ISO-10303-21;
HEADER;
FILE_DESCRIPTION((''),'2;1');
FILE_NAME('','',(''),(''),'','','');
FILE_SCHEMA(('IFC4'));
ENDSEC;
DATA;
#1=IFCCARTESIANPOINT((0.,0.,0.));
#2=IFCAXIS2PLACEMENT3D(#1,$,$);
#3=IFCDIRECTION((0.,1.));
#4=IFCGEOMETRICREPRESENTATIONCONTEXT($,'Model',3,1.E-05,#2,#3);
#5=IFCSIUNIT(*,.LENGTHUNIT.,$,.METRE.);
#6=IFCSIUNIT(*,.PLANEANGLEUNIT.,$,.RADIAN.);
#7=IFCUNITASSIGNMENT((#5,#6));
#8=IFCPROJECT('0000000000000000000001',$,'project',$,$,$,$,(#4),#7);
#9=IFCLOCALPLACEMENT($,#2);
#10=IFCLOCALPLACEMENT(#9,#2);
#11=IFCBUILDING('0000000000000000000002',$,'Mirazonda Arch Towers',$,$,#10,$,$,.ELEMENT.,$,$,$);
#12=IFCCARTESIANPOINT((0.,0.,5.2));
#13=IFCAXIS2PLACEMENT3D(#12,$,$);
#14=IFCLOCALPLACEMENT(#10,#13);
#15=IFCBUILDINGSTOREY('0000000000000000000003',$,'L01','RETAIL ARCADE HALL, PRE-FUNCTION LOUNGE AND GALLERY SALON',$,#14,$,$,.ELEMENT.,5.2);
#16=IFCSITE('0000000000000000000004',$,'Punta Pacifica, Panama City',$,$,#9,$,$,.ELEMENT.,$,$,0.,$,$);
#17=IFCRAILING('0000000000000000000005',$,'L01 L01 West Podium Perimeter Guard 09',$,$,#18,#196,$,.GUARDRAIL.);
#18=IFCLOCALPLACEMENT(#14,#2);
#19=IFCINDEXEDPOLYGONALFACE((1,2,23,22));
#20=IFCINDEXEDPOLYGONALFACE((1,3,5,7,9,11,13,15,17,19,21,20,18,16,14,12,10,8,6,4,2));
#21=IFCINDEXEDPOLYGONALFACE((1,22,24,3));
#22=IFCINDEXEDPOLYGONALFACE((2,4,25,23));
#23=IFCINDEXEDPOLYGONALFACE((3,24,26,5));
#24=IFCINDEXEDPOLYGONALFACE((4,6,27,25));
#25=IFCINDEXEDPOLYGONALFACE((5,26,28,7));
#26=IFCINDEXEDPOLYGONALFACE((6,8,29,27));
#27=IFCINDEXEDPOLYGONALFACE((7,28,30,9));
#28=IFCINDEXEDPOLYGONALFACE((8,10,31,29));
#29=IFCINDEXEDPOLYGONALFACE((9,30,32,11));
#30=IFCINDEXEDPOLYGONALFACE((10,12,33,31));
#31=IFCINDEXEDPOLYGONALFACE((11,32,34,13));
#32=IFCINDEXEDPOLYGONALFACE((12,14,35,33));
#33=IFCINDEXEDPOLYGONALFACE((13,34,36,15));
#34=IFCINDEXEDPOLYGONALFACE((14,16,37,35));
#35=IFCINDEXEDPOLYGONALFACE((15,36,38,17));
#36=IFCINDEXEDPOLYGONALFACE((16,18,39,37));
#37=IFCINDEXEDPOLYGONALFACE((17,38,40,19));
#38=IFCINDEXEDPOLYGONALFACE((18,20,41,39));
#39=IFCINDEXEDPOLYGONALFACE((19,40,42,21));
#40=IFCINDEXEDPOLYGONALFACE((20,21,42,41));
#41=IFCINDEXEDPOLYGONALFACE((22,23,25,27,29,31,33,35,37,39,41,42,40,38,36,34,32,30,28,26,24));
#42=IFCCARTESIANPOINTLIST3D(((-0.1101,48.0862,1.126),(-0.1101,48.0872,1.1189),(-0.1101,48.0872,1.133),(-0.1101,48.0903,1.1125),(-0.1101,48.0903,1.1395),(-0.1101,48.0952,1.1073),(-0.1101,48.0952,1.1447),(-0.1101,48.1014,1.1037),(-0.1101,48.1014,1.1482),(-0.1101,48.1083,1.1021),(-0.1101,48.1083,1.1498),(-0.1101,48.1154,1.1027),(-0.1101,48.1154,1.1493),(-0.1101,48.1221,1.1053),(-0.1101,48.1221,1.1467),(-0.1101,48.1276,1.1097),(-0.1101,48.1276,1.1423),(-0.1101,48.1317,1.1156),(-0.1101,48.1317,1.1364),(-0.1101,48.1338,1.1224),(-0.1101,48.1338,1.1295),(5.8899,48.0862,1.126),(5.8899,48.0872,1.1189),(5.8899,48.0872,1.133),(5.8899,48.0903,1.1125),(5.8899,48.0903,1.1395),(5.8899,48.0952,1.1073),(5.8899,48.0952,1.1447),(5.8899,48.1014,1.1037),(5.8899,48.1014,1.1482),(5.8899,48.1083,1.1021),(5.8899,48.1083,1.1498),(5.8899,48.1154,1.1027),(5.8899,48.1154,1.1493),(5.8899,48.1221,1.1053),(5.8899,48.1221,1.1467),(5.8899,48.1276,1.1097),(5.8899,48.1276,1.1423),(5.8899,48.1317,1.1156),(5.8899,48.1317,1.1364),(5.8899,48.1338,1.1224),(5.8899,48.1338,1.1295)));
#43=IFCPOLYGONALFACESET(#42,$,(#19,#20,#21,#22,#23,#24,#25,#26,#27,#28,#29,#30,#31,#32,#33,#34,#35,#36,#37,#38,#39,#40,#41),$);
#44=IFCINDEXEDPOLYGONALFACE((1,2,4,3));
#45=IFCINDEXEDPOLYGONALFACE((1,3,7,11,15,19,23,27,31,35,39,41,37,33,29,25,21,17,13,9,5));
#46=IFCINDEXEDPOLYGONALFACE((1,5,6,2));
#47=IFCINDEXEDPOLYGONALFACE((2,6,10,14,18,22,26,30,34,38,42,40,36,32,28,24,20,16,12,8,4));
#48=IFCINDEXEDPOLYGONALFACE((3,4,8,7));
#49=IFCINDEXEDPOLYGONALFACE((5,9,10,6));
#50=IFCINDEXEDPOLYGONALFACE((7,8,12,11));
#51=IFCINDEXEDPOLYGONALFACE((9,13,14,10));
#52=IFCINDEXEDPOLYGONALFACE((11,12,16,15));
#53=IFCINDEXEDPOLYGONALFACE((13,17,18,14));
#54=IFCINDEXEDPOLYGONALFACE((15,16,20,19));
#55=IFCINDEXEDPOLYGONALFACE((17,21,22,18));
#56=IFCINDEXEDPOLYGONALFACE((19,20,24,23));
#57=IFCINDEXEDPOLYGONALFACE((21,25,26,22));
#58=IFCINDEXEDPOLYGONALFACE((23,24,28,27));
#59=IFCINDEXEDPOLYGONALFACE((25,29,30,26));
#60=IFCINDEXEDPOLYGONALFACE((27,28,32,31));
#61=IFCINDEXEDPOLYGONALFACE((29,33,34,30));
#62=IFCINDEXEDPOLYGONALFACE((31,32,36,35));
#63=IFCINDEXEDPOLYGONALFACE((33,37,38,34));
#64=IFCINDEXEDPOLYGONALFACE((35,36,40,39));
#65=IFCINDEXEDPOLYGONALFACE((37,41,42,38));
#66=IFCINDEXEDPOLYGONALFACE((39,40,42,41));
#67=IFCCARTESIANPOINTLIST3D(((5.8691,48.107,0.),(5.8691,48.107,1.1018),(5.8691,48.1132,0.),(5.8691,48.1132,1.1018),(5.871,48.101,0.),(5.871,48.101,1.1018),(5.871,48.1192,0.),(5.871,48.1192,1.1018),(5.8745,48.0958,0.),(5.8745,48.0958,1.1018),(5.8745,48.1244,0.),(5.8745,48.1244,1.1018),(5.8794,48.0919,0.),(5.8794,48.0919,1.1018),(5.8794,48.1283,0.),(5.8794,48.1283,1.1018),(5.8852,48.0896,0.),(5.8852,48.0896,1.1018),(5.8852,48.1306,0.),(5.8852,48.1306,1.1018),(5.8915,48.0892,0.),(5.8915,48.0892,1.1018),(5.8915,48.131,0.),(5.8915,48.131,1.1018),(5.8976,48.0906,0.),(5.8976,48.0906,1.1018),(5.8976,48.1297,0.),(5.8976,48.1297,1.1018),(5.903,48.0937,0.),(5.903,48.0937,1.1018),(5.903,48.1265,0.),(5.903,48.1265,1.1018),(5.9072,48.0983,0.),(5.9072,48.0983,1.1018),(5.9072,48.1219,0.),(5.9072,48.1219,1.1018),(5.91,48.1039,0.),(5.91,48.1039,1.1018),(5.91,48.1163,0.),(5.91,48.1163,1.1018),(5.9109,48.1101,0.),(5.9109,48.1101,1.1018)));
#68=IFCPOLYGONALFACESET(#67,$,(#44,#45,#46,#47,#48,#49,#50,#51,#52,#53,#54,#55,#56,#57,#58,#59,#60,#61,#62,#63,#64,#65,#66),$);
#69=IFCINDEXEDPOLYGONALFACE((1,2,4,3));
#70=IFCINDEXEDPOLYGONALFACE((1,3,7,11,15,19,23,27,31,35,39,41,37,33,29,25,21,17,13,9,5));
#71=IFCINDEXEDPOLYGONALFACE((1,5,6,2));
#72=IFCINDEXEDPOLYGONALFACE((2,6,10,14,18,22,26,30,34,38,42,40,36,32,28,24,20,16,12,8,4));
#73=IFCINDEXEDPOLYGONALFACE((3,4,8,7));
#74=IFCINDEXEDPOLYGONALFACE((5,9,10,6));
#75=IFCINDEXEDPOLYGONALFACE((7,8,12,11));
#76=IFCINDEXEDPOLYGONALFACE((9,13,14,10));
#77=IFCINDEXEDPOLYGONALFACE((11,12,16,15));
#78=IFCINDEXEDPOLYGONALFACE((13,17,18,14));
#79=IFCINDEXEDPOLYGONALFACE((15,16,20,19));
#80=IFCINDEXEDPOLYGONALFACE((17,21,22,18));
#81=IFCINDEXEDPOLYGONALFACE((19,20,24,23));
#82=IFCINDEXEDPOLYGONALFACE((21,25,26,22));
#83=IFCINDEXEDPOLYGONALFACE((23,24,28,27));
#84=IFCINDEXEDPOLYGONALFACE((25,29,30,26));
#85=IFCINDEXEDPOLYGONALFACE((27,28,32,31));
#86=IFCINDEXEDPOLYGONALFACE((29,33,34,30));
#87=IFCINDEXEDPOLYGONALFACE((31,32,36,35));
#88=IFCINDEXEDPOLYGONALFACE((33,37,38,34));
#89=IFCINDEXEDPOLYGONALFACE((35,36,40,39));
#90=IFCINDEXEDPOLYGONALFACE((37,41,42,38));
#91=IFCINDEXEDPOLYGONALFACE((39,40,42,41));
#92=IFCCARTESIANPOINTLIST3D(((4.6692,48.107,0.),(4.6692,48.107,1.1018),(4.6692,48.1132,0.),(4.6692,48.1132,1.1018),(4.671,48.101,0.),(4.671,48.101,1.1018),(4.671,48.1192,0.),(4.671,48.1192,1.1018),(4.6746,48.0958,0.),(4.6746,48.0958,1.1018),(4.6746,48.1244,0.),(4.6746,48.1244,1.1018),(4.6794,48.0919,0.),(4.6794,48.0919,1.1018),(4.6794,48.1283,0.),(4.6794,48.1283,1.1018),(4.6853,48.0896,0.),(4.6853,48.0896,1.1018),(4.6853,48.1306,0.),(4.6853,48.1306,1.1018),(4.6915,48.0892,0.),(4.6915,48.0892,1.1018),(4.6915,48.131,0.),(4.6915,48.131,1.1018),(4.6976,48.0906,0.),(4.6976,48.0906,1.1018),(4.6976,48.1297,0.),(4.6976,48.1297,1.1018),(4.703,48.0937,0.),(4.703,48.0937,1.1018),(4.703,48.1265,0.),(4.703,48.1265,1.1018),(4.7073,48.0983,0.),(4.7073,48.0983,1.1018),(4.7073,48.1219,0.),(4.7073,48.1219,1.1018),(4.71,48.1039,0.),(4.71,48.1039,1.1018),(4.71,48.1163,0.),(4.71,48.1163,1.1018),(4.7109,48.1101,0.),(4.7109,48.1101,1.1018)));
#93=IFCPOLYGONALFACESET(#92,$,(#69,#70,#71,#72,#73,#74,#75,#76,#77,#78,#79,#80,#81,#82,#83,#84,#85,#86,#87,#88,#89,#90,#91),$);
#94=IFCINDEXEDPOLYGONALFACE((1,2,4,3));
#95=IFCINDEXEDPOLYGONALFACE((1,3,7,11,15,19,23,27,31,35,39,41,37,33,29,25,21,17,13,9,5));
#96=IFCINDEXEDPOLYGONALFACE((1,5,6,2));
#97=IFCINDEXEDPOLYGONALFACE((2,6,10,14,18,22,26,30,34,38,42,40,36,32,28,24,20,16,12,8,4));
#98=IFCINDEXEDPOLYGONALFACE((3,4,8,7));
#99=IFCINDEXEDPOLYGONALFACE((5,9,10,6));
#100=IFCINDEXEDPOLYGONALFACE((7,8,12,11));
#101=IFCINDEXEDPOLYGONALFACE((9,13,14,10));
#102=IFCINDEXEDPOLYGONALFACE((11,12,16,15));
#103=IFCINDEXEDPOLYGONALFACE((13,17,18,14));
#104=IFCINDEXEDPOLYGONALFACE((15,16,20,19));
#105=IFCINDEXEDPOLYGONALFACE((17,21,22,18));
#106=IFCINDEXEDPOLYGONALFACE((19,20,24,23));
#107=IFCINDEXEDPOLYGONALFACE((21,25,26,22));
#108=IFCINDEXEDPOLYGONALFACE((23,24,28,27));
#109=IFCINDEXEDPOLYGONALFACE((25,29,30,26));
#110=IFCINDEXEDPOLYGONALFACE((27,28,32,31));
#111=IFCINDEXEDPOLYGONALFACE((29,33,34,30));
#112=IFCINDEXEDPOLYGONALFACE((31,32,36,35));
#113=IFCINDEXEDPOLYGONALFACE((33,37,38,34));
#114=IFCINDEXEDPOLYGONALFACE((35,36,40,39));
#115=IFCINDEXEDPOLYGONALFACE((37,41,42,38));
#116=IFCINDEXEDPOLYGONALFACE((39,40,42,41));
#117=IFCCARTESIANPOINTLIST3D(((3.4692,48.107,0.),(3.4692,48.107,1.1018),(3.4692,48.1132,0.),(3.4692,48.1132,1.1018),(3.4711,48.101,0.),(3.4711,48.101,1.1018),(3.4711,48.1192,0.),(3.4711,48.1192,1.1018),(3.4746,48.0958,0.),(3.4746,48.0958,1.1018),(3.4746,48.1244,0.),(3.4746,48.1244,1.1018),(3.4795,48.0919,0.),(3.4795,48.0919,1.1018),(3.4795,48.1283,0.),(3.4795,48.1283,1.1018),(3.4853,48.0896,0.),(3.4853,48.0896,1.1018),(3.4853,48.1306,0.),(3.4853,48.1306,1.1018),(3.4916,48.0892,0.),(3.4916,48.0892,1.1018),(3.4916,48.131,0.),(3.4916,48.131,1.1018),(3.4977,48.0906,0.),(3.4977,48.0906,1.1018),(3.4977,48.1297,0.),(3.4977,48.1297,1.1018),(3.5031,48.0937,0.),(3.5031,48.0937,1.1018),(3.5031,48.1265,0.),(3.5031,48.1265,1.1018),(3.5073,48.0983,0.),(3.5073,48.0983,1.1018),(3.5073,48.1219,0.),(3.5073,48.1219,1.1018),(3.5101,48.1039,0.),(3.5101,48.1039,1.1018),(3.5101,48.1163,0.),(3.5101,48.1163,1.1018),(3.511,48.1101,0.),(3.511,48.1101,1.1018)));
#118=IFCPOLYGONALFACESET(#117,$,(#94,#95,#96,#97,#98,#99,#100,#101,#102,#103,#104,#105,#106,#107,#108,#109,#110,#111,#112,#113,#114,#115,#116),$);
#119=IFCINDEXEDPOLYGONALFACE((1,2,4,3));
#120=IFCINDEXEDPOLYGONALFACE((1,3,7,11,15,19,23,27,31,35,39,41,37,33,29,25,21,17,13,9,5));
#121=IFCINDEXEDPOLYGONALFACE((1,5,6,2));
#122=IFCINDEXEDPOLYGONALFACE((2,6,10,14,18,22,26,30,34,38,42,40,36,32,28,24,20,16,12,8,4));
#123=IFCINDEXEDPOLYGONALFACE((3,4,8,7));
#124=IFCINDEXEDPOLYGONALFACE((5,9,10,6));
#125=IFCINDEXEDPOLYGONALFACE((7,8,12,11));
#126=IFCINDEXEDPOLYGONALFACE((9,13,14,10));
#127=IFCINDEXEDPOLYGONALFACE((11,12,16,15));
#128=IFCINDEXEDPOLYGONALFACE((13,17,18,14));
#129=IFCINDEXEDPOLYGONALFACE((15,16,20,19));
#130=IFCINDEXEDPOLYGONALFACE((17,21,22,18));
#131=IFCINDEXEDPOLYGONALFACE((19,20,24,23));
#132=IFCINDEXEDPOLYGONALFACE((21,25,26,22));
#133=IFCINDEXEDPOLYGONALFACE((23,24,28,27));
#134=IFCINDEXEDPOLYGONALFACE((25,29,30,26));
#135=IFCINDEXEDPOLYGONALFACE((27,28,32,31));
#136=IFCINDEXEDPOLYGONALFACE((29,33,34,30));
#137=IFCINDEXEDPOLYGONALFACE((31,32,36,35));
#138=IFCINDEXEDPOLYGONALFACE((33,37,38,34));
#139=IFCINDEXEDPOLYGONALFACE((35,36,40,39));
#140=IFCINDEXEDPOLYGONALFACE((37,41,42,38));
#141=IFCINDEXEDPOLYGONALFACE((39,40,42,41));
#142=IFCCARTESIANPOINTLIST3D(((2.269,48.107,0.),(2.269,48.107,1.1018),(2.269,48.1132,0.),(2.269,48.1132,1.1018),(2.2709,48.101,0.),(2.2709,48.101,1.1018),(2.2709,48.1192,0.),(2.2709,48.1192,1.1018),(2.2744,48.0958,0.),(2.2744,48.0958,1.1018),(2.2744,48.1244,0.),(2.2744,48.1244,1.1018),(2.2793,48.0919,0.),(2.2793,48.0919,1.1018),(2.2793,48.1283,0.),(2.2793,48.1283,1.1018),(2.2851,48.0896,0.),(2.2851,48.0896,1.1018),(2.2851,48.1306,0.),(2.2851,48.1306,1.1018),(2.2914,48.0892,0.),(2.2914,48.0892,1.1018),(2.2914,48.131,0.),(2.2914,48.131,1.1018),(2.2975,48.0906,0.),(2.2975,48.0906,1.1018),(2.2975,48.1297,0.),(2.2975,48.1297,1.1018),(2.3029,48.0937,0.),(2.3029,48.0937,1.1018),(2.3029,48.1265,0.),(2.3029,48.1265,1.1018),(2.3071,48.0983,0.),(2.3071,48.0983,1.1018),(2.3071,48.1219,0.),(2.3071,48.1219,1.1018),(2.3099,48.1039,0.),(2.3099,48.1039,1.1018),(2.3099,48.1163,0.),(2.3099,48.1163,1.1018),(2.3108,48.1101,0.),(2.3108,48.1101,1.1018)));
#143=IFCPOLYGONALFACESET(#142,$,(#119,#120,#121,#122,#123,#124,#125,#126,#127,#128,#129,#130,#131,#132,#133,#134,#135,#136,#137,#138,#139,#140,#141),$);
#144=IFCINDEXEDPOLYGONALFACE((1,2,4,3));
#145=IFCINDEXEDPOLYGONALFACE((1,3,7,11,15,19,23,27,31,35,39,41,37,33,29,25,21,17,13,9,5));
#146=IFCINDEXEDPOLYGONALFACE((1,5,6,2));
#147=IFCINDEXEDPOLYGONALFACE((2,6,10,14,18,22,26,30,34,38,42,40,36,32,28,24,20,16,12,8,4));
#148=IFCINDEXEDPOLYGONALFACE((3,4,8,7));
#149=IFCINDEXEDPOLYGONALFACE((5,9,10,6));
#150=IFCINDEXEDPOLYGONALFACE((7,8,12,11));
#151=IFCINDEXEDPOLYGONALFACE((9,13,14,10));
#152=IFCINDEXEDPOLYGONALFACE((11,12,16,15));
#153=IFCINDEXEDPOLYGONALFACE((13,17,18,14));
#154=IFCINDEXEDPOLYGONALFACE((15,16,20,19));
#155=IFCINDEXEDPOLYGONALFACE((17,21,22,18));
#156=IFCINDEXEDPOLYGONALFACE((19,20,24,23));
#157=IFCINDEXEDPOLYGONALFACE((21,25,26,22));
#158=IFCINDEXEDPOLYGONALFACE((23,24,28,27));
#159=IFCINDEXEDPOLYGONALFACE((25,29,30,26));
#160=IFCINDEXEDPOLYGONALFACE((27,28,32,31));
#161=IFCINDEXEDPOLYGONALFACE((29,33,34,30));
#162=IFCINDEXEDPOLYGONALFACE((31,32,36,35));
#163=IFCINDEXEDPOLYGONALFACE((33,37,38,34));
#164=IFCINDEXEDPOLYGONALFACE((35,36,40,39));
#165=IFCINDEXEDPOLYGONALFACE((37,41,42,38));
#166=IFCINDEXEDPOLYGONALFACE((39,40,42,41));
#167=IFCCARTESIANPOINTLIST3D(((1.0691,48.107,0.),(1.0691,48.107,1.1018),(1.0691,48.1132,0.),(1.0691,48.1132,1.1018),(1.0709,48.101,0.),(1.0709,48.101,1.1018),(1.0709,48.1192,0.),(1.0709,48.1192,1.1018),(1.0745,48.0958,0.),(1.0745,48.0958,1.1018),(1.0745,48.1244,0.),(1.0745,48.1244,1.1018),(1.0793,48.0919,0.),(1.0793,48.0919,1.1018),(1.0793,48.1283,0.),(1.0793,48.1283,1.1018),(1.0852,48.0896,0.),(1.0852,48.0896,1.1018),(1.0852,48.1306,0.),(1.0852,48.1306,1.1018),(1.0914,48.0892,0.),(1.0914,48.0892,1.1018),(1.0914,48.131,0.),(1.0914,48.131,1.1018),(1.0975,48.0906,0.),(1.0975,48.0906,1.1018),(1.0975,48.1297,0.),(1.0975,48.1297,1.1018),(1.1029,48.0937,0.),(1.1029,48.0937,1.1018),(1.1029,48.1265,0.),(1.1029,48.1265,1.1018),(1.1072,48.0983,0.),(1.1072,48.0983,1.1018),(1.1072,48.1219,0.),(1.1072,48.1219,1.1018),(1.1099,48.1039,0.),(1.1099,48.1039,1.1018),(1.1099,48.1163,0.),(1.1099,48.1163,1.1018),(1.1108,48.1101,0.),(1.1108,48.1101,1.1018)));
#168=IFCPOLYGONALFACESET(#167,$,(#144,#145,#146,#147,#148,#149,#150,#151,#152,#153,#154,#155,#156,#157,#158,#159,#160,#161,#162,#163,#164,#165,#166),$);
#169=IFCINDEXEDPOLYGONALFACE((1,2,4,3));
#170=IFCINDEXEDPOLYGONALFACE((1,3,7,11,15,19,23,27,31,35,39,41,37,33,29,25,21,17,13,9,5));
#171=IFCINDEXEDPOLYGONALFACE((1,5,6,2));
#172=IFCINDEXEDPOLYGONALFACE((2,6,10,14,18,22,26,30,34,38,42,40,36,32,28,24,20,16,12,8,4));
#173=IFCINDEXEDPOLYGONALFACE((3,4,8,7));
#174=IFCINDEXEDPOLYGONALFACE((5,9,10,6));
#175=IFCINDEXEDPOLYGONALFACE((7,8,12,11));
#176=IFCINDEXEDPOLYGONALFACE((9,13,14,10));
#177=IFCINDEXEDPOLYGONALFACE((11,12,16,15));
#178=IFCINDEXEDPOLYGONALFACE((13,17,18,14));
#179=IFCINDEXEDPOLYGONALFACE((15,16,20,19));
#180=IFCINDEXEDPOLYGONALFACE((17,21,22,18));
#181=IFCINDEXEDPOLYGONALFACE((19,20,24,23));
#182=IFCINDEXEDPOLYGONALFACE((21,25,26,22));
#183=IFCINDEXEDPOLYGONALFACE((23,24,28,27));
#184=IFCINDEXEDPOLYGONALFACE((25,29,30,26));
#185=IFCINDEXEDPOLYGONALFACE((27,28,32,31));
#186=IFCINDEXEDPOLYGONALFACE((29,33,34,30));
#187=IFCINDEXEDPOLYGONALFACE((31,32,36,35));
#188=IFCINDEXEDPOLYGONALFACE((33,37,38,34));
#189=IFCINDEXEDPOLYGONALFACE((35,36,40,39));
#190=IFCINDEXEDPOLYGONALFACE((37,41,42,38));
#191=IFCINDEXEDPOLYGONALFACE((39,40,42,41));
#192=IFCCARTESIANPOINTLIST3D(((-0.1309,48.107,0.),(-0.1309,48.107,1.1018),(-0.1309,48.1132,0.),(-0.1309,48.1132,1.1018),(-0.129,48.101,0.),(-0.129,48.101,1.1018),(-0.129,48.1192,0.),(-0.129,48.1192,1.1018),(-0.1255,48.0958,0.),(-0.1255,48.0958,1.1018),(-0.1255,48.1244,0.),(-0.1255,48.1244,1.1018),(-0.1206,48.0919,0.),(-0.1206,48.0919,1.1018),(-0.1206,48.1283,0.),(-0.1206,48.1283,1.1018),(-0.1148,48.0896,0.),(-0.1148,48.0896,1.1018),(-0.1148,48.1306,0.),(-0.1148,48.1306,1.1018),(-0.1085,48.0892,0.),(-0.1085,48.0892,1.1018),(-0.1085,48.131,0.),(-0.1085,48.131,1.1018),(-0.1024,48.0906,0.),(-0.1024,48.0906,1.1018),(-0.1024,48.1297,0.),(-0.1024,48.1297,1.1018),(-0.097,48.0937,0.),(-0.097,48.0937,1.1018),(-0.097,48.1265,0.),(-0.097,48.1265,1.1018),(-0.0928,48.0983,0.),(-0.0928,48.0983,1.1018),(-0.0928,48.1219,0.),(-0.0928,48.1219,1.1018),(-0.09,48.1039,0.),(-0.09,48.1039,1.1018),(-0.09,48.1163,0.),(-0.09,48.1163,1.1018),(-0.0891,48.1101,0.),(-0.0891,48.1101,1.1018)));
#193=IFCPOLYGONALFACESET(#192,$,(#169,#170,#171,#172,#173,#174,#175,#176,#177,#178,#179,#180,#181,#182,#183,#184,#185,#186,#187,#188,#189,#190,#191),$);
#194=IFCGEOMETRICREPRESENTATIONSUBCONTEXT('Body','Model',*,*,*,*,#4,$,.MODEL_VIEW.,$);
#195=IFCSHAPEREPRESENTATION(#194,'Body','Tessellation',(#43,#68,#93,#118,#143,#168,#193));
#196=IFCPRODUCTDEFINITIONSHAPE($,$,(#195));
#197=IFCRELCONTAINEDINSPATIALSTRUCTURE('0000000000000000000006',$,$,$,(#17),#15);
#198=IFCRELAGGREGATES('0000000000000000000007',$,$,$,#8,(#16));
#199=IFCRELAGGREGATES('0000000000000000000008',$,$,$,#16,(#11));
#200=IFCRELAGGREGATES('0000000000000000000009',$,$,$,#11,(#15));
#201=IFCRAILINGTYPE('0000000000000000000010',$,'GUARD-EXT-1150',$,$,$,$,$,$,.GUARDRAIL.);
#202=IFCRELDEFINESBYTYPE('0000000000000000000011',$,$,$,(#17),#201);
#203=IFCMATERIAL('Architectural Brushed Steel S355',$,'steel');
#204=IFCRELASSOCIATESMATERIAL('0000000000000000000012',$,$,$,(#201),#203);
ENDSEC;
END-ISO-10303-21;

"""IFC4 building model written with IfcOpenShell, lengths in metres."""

from ifc_helpers import new_model, si_unit, direction, frame, origin, origin_2d, place, context, subcontext, project, spatial, circle, extrude, material, type_object, element, save


model = new_model("IFC4")

# Units and contexts
model_context = context("Model", 3, precision=1e-05, world=origin(), true_north=direction((0.0, 1.0)))
body_context = subcontext(model_context, "Body", "Model", "MODEL_VIEW")
ifc_project = project(units=[si_unit("LENGTHUNIT", "METRE"), si_unit("PLANEANGLEUNIT", "RADIAN")], contexts=[model_context])

# Site, building, storey
site_placement = place(None, origin())
site = spatial("IfcSite", under=ifc_project, at=site_placement, Name="Punta Pacifica, Panama City", CompositionType="ELEMENT", RefElevation=0.0)
building_placement = place(site_placement, origin())
building = spatial("IfcBuilding", under=site, at=building_placement, Name="Mirazonda Arch Towers", CompositionType="ELEMENT")
storey_placement = place(building_placement, frame((0.0, 0.0, 5.2)))
storey = spatial("IfcBuildingStorey", under=building, at=storey_placement, Name="L01", Description="RETAIL ARCADE HALL, PRE-FUNCTION LOUNGE AND GALLERY SALON", CompositionType="ELEMENT", Elevation=5.2)

# Railing
ifc_material_1 = material(Name="Architectural Brushed Steel S355", Category="steel")
railing_type = type_object("IfcRailingType", Name="GUARD-EXT-1150", PredefinedType="GUARDRAIL", material=ifc_material_1)
railing_1_placement = place(storey_placement, frame((5.8899, 48.1101, 0.0)))
element("IfcRailing", 1, at=railing_1_placement, inside=storey, type_object=railing_type, Name="L01 L01 West Podium Perimeter Guard 09", PredefinedType="GUARDRAIL", context=body_context, shape_type="SweptSolid", body=[
    extrude(circle(Radius=0.0239, at=origin_2d()), frame((0.0, 0.0, 1.126), z_axis=(-1.0, 0.0, 0.0), x_axis=(0.0, -1.0, 0.0)), (0.0, 0.0, 1.0), 6.0),
    extrude(circle(Radius=0.021, at=origin_2d()), origin(), (0.0, 0.0, 1.0), 1.1018),
    extrude(circle(Radius=0.021, at=origin_2d()), frame((-1.2, 0.0, 0.0)), (0.0, 0.0, 1.0), 1.1018),
    extrude(circle(Radius=0.021, at=origin_2d()), frame((-2.3999, 0.0, 0.0)), (0.0, 0.0, 1.0), 1.1018),
    extrude(circle(Radius=0.021, at=origin_2d()), frame((-3.6001, 0.0, 0.0)), (0.0, 0.0, 1.0), 1.1018),
    extrude(circle(Radius=0.021, at=origin_2d()), frame((-4.8, 0.0, 0.0)), (0.0, 0.0, 1.0), 1.1018),
    extrude(circle(Radius=0.021, at=origin_2d()), frame((-6.0, 0.0, 0.0)), (0.0, 0.0, 1.0), 1.1018),
])

save(model, "model.ifc")
